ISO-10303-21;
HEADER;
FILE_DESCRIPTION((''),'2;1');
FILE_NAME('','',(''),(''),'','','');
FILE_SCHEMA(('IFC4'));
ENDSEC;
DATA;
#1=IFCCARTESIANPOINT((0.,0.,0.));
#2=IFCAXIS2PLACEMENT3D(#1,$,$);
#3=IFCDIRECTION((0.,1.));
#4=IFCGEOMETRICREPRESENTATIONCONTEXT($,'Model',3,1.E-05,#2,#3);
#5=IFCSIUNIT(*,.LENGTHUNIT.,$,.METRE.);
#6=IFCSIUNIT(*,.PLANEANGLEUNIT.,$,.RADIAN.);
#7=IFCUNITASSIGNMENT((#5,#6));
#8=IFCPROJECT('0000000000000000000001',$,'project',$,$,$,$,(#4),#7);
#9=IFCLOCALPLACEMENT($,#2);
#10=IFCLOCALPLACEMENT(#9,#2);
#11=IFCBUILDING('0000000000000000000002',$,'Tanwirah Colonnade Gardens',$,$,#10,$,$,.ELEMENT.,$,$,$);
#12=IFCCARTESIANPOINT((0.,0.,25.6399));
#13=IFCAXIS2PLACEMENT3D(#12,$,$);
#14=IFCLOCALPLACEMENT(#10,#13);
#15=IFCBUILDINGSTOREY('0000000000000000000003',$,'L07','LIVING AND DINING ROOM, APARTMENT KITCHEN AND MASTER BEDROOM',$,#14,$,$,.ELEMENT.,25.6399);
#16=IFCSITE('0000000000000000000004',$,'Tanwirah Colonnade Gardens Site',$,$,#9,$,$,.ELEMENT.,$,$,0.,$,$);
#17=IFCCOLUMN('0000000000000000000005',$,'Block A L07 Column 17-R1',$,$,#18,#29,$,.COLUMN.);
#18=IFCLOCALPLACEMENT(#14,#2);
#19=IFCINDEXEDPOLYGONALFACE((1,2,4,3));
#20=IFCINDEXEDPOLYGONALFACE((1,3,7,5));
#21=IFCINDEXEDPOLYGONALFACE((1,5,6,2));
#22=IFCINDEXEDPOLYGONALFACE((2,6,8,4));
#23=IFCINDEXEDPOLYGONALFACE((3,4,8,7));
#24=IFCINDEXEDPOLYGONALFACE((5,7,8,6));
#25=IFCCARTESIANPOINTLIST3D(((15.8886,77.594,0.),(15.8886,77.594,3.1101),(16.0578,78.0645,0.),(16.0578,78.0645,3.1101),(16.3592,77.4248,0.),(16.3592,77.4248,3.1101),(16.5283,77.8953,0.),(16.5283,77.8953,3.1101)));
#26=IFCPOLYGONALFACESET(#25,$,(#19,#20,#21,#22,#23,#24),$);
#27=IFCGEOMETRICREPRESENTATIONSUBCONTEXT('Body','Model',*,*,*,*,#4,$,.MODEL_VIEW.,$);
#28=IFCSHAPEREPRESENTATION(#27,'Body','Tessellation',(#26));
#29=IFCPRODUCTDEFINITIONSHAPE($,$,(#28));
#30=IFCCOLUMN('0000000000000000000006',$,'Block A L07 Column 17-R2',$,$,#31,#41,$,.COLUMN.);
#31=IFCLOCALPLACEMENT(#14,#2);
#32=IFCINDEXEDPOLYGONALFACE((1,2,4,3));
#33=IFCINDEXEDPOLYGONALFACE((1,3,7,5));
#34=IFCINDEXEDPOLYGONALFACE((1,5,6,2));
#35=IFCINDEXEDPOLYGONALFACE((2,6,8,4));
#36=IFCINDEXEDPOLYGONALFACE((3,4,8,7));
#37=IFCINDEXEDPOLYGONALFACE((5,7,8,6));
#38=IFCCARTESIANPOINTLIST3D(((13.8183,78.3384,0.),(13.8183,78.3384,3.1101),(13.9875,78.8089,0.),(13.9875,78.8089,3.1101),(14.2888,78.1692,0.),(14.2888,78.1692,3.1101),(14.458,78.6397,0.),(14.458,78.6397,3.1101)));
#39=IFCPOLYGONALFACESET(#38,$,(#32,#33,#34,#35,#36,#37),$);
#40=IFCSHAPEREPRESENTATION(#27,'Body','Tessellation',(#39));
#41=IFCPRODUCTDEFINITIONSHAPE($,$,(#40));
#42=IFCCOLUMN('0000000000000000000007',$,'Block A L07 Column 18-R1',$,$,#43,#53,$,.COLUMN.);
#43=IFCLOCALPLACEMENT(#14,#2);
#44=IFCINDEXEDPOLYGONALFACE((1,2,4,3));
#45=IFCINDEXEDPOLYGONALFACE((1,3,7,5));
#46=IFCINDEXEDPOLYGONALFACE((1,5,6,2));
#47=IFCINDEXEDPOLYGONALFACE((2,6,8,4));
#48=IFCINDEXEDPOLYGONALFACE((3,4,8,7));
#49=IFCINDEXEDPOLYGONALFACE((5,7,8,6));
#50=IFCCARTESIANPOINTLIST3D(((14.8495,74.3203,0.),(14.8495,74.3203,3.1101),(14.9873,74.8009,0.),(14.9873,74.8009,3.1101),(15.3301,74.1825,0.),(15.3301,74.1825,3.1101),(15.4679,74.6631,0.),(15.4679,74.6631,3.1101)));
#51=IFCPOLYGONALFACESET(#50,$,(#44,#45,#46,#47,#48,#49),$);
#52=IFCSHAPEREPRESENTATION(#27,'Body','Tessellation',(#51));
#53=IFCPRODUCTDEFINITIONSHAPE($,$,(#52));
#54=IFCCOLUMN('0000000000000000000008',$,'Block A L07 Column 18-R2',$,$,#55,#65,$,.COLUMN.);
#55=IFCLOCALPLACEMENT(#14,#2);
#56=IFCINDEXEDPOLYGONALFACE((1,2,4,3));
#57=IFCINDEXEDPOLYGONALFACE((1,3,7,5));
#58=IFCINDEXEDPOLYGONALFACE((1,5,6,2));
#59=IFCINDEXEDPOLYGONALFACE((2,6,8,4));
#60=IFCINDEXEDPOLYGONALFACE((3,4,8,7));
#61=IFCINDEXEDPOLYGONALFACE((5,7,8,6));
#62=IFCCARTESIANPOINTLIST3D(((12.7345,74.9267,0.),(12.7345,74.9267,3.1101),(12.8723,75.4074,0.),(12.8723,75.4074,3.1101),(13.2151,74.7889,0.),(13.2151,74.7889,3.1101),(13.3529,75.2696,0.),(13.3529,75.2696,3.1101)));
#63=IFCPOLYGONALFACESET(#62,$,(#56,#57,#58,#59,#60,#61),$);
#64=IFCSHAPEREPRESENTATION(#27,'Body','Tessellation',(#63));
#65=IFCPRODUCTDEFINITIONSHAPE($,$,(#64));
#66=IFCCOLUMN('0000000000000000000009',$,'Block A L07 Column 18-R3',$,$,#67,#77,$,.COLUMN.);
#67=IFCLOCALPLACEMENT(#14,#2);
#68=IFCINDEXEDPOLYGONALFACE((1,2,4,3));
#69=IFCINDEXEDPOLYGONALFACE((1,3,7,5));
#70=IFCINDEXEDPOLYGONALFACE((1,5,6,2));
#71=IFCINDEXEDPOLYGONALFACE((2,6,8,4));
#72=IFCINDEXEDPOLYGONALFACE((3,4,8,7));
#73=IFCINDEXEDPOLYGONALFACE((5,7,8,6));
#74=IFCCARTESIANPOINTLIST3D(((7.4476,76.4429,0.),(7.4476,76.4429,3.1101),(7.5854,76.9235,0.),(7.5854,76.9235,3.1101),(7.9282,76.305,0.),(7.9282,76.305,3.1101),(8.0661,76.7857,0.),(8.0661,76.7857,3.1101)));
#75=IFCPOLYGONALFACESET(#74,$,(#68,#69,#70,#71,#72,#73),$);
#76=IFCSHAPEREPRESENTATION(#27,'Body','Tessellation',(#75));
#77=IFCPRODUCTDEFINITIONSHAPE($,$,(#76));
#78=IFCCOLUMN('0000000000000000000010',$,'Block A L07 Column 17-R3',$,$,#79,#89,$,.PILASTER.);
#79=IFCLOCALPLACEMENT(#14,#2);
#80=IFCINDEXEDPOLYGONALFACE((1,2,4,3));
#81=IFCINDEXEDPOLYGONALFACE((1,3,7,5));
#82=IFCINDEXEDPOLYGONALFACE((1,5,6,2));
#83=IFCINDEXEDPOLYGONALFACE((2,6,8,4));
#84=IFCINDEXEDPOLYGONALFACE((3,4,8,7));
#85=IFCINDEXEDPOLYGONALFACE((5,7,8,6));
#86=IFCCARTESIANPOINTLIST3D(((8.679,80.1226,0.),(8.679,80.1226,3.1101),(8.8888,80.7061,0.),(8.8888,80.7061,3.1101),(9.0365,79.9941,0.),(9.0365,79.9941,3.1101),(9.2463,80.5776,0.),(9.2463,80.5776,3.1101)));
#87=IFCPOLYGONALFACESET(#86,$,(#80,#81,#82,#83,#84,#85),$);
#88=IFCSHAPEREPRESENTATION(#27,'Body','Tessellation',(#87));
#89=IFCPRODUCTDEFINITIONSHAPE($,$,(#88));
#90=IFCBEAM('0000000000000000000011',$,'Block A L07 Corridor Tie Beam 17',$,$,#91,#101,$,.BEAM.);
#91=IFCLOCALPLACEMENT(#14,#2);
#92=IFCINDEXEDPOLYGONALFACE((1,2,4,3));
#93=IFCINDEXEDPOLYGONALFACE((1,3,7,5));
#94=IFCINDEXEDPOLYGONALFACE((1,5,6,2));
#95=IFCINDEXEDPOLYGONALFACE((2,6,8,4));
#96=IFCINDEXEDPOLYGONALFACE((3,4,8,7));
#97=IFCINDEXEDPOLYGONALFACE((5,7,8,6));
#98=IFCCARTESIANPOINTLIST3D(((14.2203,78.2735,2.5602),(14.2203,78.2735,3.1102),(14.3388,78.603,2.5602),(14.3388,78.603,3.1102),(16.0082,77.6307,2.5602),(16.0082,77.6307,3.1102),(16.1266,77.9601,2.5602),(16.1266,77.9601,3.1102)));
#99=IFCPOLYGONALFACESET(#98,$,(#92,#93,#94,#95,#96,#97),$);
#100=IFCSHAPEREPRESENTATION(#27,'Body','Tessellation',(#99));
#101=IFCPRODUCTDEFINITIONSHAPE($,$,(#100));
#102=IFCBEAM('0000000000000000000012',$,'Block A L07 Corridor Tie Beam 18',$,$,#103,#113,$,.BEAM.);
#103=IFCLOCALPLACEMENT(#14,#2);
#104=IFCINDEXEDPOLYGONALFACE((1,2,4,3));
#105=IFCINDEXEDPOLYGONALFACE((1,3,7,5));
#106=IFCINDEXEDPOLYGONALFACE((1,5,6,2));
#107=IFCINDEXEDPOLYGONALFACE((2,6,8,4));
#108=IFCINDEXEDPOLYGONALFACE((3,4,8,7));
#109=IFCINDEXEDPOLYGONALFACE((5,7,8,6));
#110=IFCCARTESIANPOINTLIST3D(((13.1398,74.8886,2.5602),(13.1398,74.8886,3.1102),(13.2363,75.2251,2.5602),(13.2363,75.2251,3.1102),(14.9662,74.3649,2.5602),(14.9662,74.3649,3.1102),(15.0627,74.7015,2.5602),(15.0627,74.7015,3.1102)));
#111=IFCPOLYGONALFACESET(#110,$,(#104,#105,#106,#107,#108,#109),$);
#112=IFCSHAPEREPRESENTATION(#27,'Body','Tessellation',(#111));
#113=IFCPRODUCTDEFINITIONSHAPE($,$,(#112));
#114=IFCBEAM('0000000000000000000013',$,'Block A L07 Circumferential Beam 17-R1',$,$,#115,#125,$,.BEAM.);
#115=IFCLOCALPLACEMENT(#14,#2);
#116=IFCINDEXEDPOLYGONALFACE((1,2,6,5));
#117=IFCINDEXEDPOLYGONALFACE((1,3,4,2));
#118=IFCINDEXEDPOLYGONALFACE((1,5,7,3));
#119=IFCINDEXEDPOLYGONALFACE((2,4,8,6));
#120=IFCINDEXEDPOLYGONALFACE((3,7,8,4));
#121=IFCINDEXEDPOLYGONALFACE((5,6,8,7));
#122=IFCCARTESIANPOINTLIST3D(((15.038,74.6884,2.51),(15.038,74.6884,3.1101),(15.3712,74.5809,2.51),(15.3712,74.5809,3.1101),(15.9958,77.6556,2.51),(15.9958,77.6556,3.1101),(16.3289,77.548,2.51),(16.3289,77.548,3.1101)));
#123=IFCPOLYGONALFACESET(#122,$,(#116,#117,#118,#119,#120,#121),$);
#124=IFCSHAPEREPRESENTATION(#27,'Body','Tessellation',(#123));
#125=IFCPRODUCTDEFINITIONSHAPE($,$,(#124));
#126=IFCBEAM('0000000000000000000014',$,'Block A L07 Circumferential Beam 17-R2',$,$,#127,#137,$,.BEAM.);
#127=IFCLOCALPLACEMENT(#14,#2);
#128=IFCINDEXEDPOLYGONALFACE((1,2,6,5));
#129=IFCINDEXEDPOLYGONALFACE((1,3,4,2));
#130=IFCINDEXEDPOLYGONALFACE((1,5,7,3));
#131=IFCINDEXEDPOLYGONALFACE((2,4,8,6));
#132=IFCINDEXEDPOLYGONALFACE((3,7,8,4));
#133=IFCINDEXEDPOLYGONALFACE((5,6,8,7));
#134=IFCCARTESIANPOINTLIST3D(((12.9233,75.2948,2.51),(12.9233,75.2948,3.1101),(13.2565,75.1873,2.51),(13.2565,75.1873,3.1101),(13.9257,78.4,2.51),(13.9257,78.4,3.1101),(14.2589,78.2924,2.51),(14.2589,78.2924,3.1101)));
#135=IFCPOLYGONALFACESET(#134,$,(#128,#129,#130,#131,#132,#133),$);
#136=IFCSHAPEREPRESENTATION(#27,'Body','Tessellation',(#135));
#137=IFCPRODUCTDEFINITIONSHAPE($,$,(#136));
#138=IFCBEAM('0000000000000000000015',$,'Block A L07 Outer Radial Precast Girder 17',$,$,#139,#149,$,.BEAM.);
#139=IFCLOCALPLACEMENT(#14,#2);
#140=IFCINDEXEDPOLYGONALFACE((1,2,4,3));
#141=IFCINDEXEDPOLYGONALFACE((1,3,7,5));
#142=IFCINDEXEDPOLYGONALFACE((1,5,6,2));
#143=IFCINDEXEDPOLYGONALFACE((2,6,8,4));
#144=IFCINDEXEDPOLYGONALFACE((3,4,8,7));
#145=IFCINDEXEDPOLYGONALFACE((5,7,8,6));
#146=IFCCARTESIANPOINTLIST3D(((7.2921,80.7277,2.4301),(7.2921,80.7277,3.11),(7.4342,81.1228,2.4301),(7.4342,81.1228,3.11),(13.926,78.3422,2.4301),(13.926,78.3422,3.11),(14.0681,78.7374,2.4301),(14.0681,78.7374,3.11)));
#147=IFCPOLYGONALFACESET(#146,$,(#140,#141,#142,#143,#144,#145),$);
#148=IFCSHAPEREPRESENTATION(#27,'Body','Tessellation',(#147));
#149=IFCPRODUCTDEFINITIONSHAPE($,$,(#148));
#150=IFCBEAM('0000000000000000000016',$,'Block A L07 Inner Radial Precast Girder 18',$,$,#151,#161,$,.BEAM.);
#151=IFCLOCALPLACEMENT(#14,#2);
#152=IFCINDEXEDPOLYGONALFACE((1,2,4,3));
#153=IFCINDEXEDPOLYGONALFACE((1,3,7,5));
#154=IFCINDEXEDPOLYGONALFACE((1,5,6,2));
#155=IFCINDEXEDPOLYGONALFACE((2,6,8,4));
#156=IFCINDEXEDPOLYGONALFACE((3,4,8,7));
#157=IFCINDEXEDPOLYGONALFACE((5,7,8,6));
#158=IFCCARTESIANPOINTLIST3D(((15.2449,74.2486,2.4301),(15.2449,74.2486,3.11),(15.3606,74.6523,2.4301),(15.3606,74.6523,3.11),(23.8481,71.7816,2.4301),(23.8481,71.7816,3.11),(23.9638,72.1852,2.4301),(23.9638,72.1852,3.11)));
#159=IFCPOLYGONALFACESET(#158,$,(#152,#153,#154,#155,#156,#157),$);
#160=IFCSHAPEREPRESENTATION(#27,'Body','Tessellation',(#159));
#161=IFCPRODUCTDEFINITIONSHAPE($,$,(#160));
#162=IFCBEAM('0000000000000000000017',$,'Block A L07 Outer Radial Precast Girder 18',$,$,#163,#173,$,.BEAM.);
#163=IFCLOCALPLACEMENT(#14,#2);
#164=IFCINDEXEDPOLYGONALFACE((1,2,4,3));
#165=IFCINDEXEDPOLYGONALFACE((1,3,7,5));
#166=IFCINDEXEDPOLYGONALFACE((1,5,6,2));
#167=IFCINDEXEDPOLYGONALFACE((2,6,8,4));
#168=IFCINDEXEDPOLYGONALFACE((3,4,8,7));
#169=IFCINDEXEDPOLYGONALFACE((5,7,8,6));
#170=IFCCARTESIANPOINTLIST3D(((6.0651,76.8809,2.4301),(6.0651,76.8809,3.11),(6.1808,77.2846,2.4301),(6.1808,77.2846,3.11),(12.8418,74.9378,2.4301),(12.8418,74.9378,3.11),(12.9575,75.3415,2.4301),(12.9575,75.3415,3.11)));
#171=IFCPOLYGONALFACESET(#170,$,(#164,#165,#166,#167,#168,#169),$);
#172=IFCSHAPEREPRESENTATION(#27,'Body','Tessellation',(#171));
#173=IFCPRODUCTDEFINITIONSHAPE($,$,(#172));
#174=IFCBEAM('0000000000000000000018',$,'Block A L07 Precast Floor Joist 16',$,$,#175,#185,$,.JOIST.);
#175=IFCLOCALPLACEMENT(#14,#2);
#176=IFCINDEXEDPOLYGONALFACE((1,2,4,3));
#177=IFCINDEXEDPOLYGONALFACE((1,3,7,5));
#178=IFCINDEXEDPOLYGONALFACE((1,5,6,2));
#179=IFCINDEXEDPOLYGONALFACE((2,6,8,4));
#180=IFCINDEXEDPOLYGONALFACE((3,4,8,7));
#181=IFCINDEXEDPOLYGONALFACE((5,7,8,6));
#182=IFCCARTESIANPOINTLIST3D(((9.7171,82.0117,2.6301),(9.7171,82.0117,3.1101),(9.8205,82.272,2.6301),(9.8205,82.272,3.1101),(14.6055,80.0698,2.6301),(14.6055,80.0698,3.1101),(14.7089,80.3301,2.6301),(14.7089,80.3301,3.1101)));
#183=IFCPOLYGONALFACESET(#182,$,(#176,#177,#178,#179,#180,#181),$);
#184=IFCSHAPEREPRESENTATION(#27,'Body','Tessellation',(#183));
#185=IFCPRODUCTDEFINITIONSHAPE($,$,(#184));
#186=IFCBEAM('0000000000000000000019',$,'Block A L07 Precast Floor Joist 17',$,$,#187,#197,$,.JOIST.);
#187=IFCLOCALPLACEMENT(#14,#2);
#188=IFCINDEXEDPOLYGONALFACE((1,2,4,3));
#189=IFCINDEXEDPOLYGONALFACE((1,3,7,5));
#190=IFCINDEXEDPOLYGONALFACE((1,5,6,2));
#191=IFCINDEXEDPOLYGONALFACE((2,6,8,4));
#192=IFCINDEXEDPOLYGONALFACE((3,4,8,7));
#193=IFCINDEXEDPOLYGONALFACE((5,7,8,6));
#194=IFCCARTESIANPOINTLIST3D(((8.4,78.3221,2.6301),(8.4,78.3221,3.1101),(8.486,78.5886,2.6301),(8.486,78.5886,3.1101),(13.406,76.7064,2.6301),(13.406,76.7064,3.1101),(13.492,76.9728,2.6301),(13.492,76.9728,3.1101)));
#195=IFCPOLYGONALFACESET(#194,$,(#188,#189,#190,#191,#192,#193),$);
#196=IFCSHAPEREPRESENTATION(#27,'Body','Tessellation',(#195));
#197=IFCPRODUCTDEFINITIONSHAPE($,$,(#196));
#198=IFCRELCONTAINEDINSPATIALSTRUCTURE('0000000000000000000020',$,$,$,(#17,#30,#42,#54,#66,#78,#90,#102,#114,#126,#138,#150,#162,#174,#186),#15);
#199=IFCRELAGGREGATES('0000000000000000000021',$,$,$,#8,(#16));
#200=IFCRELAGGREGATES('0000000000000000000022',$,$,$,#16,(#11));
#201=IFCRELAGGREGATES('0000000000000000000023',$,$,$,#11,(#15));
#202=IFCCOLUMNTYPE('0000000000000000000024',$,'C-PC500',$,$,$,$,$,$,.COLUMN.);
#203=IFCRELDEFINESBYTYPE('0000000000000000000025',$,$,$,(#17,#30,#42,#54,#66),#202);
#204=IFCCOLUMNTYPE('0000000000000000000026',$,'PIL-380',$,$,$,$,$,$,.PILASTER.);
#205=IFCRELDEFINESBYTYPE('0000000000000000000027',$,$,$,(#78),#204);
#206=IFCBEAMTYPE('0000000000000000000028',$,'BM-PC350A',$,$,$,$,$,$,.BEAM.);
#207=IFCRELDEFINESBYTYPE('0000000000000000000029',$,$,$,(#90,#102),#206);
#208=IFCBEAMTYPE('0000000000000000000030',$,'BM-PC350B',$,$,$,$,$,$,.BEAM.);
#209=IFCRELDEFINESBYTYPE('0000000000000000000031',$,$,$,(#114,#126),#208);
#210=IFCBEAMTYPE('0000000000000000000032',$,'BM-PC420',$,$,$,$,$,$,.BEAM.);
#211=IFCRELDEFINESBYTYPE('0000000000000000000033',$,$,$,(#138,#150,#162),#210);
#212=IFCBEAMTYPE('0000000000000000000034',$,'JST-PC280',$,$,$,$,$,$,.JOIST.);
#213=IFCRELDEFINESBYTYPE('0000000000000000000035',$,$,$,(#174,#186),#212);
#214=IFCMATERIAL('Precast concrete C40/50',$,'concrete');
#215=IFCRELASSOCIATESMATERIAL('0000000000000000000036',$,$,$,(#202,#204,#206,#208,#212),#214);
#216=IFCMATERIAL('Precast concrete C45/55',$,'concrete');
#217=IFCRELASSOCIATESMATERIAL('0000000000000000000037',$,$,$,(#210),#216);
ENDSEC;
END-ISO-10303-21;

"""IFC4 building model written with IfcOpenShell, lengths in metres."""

from ifc_helpers import new_model, si_unit, direction, frame, origin, origin_2d, place, context, subcontext, project, spatial, rectangle, extrude, material, material_profile, profile_set, type_object, element, save


model = new_model("IFC4")

# Units and contexts
model_context = context("Model", 3, precision=1e-05, world=origin(), true_north=direction((0.0, 1.0)))
body_context = subcontext(model_context, "Body", "Model", "MODEL_VIEW")
ifc_project = project(units=[si_unit("LENGTHUNIT", "METRE"), si_unit("PLANEANGLEUNIT", "RADIAN")], contexts=[model_context])

# Site, building, storey
site_placement = place(None, origin())
site = spatial("IfcSite", under=ifc_project, at=site_placement, Name="Tanwirah Colonnade Gardens Site", CompositionType="ELEMENT", RefElevation=0.0)
building_placement = place(site_placement, origin())
building = spatial("IfcBuilding", under=site, at=building_placement, Name="Tanwirah Colonnade Gardens", CompositionType="ELEMENT")
storey_placement = place(building_placement, frame((0.0, 0.0, 25.6399)))
storey = spatial("IfcBuildingStorey", under=building, at=storey_placement, Name="L07", Description="LIVING AND DINING ROOM, APARTMENT KITCHEN AND MASTER BEDROOM", CompositionType="ELEMENT", Elevation=25.6399)

# Columns
ifc_material_1 = material(Name="Precast concrete C40/50", Category="concrete")
ifc_material_profile_1 = material_profile(ifc_material_1, rectangle(XDim=0.5, YDim=0.5, at=origin_2d()), Name="PC-COL 500x500")
ifc_profile_set_1 = profile_set([ifc_material_profile_1], Name="Precast concrete C40/50")
column_type_1 = type_object("IfcColumnType", Name="C-PC500", PredefinedType="COLUMN", material=ifc_profile_set_1)
for number, where, z_axis, x_axis, name in (
    (1, (16.2085, 77.7446, 0.0), (0.0, 0.0, 1.0), (-0.941012, 0.338373, 0.0), "Block A L07 Column 17-R1"),
    (2, (14.1382, 78.489, 0.0), (0.0, 0.0, 1.0), (-0.941012, 0.338373, 0.0), "Block A L07 Column 17-R2"),
    (3, (15.1587, 74.4917, 0.0), (0.0, 0.0, 1.0), (-0.961262, 0.275637, 0.0), "Block A L07 Column 18-R1"),
    (4, (13.0437, 75.0981, 0.0), (0.0, 0.0, 1.0), (-0.961262, 0.275637, 0.0), "Block A L07 Column 18-R2"),
    (5, (7.7568, 76.6143, 0.0), (0.0, 0.0, 1.0), (-0.961262, 0.275637, 0.0), "Block A L07 Column 18-R3"),
):
    element("IfcColumn", number, at=place(storey_placement, frame(where, z_axis=z_axis, x_axis=x_axis)), inside=storey, type_object=column_type_1, Name=name, PredefinedType="COLUMN", context=body_context, shape_type="SweptSolid", body=[
        extrude(rectangle(XDim=0.5, YDim=0.5, at=origin_2d()), origin(), (0.0, 0.0, 1.0), 3.1101),
    ])
ifc_material_profile_2 = material_profile(ifc_material_1, rectangle(XDim=0.3799, YDim=0.6201, at=origin_2d()), Name="PC-PIL 380x620")
ifc_profile_set_2 = profile_set([ifc_material_profile_2], Name="Precast concrete C40/50")
column_type_2 = type_object("IfcColumnType", Name="PIL-380", PredefinedType="PILASTER", material=ifc_profile_set_2)
column_placement = place(storey_placement, frame((8.9626, 80.3501, 0.0), z_axis=(0.0, 0.0, 1.0), x_axis=(-0.941012, 0.338373, 0.0)))
element("IfcColumn", 6, at=column_placement, inside=storey, type_object=column_type_2, Name="Block A L07 Column 17-R3", PredefinedType="PILASTER", context=body_context, shape_type="SweptSolid", body=[
    extrude(rectangle(XDim=0.3799, YDim=0.6201, at=origin_2d()), origin(), (0.0, 0.0, 1.0), 3.1101),
])

# Beams
ifc_material_profile_3 = material_profile(ifc_material_1, rectangle(XDim=0.3501, YDim=0.55, at=origin_2d()), Name="PC-BM 350x550")
ifc_profile_set_3 = profile_set([ifc_material_profile_3], Name="Precast concrete C40/50")
beam_type_1 = type_object("IfcBeamType", Name="BM-PC350A", PredefinedType="BEAM", material=ifc_profile_set_3)
for number, where, z_axis, x_axis, name in (
    (7, (16.0674, 77.7954, 2.8352), (-0.941022, 0.338346, 0.0), (-0.338346, -0.941022, 0.0), "Block A L07 Corridor Tie Beam 17"),
    (8, (15.0144, 74.5332, 2.8352), (-0.961267, 0.27562, 0.0), (-0.27562, -0.961267, 0.0), "Block A L07 Corridor Tie Beam 18"),
):
    element("IfcBeam", number, at=place(storey_placement, frame(where, z_axis=z_axis, x_axis=x_axis)), inside=storey, type_object=beam_type_1, Name=name, PredefinedType="BEAM", context=body_context, shape_type="SweptSolid", body=[
        extrude(rectangle(XDim=0.3501, YDim=0.55, at=origin_2d()), origin(), (0.0, 0.0, 1.0), 1.8999),
    ])
ifc_material_profile_4 = material_profile(ifc_material_1, rectangle(XDim=0.3501, YDim=0.6001, at=origin_2d()), Name="PC-BM 350x600")
ifc_profile_set_4 = profile_set([ifc_material_profile_4], Name="Precast concrete C40/50")
beam_type_2 = type_object("IfcBeamType", Name="BM-PC350B", PredefinedType="BEAM", material=ifc_profile_set_4)
beam_1_placement = place(storey_placement, frame((16.1624, 77.6018, 2.8101), z_axis=(-0.30717, -0.951655, 0.0), x_axis=(0.951655, -0.30717, 0.0)))
element("IfcBeam", 9, at=beam_1_placement, inside=storey, type_object=beam_type_2, Name="Block A L07 Circumferential Beam 17-R1", PredefinedType="BEAM", context=body_context, shape_type="SweptSolid", body=[
    extrude(rectangle(XDim=0.3501, YDim=0.6001, at=origin_2d()), origin(), (0.0, 0.0, 1.0), 3.1179),
])
beam_2_placement = place(storey_placement, frame((14.0923, 78.3462, 2.8101), z_axis=(-0.307213, -0.951641, 0.0), x_axis=(0.951641, -0.307213, 0.0)))
element("IfcBeam", 10, at=beam_2_placement, inside=storey, type_object=beam_type_2, Name="Block A L07 Circumferential Beam 17-R2", PredefinedType="BEAM", context=body_context, shape_type="SweptSolid", body=[
    extrude(rectangle(XDim=0.3501, YDim=0.6001, at=origin_2d()), origin(), (0.0, 0.0, 1.0), 3.2629),
])
ifc_material_2 = material(Name="Precast concrete C45/55", Category="concrete")
ifc_material_profile_5 = material_profile(ifc_material_2, rectangle(XDim=0.4199, YDim=0.6799, at=origin_2d()), Name="PC-BM 420x680")
ifc_profile_set_5 = profile_set([ifc_material_profile_5], Name="Precast concrete C45/55")
beam_type_3 = type_object("IfcBeamType", Name="BM-PC420", PredefinedType="BEAM", material=ifc_profile_set_5)
beam_3_placement = place(storey_placement, frame((13.9971, 78.5398, 2.77), z_axis=(-0.941012, 0.338374, 0.0), x_axis=(-0.338374, -0.941012, 0.0)))
element("IfcBeam", 11, at=beam_3_placement, inside=storey, type_object=beam_type_3, Name="Block A L07 Outer Radial Precast Girder 17", PredefinedType="BEAM", context=body_context, shape_type="SweptSolid", body=[
    extrude(rectangle(XDim=0.4199, YDim=0.6799, at=origin_2d()), origin(), (0.0, 0.0, 1.0), 7.0498),
])
beam_4_placement = place(storey_placement, frame((15.3027, 74.4504, 2.77), z_axis=(0.961259, -0.275647, 0.0), x_axis=(0.275647, 0.961259, 0.0)))
element("IfcBeam", 12, at=beam_4_placement, inside=storey, type_object=beam_type_3, Name="Block A L07 Inner Radial Precast Girder 18", PredefinedType="BEAM", context=body_context, shape_type="SweptSolid", body=[
    extrude(rectangle(XDim=0.4199, YDim=0.6799, at=origin_2d()), origin(), (0.0, 0.0, 1.0), 8.95),
])
beam_5_placement = place(storey_placement, frame((12.8997, 75.1396, 2.77), z_axis=(-0.961266, 0.275622, 0.0), x_axis=(-0.275622, -0.961266, 0.0)))
element("IfcBeam", 13, at=beam_5_placement, inside=storey, type_object=beam_type_3, Name="Block A L07 Outer Radial Precast Girder 18", PredefinedType="BEAM", context=body_context, shape_type="SweptSolid", body=[
    extrude(rectangle(XDim=0.4199, YDim=0.6799, at=origin_2d()), origin(), (0.0, 0.0, 1.0), 7.0498),
])
ifc_material_profile_6 = material_profile(ifc_material_1, rectangle(XDim=0.28, YDim=0.48, at=origin_2d()), Name="PC-JST 280x480")
ifc_profile_set_6 = profile_set([ifc_material_profile_6], Name="Precast concrete C40/50")
beam_type_4 = type_object("IfcBeamType", Name="JST-PC280", PredefinedType="JOIST", material=ifc_profile_set_6)
beam_6_placement = place(storey_placement, frame((14.6572, 80.2, 2.8701), z_axis=(-0.929358, 0.369181, 0.0), x_axis=(-0.369181, -0.929358, 0.0)))
element("IfcBeam", 14, at=beam_6_placement, inside=storey, type_object=beam_type_4, Name="Block A L07 Precast Floor Joist 16", PredefinedType="JOIST", context=body_context, shape_type="SweptSolid", body=[
    extrude(rectangle(XDim=0.28, YDim=0.48, at=origin_2d()), origin(), (0.0, 0.0, 1.0), 5.26),
])
beam_7_placement = place(storey_placement, frame((13.449, 76.8396, 2.8701), z_axis=(-0.951657, 0.307163, 0.0), x_axis=(-0.307163, -0.951657, 0.0)))
element("IfcBeam", 15, at=beam_7_placement, inside=storey, type_object=beam_type_4, Name="Block A L07 Precast Floor Joist 17", PredefinedType="JOIST", context=body_context, shape_type="SweptSolid", body=[
    extrude(rectangle(XDim=0.28, YDim=0.48, at=origin_2d()), origin(), (0.0, 0.0, 1.0), 5.2603),
])

save(model, "model.ifc")
